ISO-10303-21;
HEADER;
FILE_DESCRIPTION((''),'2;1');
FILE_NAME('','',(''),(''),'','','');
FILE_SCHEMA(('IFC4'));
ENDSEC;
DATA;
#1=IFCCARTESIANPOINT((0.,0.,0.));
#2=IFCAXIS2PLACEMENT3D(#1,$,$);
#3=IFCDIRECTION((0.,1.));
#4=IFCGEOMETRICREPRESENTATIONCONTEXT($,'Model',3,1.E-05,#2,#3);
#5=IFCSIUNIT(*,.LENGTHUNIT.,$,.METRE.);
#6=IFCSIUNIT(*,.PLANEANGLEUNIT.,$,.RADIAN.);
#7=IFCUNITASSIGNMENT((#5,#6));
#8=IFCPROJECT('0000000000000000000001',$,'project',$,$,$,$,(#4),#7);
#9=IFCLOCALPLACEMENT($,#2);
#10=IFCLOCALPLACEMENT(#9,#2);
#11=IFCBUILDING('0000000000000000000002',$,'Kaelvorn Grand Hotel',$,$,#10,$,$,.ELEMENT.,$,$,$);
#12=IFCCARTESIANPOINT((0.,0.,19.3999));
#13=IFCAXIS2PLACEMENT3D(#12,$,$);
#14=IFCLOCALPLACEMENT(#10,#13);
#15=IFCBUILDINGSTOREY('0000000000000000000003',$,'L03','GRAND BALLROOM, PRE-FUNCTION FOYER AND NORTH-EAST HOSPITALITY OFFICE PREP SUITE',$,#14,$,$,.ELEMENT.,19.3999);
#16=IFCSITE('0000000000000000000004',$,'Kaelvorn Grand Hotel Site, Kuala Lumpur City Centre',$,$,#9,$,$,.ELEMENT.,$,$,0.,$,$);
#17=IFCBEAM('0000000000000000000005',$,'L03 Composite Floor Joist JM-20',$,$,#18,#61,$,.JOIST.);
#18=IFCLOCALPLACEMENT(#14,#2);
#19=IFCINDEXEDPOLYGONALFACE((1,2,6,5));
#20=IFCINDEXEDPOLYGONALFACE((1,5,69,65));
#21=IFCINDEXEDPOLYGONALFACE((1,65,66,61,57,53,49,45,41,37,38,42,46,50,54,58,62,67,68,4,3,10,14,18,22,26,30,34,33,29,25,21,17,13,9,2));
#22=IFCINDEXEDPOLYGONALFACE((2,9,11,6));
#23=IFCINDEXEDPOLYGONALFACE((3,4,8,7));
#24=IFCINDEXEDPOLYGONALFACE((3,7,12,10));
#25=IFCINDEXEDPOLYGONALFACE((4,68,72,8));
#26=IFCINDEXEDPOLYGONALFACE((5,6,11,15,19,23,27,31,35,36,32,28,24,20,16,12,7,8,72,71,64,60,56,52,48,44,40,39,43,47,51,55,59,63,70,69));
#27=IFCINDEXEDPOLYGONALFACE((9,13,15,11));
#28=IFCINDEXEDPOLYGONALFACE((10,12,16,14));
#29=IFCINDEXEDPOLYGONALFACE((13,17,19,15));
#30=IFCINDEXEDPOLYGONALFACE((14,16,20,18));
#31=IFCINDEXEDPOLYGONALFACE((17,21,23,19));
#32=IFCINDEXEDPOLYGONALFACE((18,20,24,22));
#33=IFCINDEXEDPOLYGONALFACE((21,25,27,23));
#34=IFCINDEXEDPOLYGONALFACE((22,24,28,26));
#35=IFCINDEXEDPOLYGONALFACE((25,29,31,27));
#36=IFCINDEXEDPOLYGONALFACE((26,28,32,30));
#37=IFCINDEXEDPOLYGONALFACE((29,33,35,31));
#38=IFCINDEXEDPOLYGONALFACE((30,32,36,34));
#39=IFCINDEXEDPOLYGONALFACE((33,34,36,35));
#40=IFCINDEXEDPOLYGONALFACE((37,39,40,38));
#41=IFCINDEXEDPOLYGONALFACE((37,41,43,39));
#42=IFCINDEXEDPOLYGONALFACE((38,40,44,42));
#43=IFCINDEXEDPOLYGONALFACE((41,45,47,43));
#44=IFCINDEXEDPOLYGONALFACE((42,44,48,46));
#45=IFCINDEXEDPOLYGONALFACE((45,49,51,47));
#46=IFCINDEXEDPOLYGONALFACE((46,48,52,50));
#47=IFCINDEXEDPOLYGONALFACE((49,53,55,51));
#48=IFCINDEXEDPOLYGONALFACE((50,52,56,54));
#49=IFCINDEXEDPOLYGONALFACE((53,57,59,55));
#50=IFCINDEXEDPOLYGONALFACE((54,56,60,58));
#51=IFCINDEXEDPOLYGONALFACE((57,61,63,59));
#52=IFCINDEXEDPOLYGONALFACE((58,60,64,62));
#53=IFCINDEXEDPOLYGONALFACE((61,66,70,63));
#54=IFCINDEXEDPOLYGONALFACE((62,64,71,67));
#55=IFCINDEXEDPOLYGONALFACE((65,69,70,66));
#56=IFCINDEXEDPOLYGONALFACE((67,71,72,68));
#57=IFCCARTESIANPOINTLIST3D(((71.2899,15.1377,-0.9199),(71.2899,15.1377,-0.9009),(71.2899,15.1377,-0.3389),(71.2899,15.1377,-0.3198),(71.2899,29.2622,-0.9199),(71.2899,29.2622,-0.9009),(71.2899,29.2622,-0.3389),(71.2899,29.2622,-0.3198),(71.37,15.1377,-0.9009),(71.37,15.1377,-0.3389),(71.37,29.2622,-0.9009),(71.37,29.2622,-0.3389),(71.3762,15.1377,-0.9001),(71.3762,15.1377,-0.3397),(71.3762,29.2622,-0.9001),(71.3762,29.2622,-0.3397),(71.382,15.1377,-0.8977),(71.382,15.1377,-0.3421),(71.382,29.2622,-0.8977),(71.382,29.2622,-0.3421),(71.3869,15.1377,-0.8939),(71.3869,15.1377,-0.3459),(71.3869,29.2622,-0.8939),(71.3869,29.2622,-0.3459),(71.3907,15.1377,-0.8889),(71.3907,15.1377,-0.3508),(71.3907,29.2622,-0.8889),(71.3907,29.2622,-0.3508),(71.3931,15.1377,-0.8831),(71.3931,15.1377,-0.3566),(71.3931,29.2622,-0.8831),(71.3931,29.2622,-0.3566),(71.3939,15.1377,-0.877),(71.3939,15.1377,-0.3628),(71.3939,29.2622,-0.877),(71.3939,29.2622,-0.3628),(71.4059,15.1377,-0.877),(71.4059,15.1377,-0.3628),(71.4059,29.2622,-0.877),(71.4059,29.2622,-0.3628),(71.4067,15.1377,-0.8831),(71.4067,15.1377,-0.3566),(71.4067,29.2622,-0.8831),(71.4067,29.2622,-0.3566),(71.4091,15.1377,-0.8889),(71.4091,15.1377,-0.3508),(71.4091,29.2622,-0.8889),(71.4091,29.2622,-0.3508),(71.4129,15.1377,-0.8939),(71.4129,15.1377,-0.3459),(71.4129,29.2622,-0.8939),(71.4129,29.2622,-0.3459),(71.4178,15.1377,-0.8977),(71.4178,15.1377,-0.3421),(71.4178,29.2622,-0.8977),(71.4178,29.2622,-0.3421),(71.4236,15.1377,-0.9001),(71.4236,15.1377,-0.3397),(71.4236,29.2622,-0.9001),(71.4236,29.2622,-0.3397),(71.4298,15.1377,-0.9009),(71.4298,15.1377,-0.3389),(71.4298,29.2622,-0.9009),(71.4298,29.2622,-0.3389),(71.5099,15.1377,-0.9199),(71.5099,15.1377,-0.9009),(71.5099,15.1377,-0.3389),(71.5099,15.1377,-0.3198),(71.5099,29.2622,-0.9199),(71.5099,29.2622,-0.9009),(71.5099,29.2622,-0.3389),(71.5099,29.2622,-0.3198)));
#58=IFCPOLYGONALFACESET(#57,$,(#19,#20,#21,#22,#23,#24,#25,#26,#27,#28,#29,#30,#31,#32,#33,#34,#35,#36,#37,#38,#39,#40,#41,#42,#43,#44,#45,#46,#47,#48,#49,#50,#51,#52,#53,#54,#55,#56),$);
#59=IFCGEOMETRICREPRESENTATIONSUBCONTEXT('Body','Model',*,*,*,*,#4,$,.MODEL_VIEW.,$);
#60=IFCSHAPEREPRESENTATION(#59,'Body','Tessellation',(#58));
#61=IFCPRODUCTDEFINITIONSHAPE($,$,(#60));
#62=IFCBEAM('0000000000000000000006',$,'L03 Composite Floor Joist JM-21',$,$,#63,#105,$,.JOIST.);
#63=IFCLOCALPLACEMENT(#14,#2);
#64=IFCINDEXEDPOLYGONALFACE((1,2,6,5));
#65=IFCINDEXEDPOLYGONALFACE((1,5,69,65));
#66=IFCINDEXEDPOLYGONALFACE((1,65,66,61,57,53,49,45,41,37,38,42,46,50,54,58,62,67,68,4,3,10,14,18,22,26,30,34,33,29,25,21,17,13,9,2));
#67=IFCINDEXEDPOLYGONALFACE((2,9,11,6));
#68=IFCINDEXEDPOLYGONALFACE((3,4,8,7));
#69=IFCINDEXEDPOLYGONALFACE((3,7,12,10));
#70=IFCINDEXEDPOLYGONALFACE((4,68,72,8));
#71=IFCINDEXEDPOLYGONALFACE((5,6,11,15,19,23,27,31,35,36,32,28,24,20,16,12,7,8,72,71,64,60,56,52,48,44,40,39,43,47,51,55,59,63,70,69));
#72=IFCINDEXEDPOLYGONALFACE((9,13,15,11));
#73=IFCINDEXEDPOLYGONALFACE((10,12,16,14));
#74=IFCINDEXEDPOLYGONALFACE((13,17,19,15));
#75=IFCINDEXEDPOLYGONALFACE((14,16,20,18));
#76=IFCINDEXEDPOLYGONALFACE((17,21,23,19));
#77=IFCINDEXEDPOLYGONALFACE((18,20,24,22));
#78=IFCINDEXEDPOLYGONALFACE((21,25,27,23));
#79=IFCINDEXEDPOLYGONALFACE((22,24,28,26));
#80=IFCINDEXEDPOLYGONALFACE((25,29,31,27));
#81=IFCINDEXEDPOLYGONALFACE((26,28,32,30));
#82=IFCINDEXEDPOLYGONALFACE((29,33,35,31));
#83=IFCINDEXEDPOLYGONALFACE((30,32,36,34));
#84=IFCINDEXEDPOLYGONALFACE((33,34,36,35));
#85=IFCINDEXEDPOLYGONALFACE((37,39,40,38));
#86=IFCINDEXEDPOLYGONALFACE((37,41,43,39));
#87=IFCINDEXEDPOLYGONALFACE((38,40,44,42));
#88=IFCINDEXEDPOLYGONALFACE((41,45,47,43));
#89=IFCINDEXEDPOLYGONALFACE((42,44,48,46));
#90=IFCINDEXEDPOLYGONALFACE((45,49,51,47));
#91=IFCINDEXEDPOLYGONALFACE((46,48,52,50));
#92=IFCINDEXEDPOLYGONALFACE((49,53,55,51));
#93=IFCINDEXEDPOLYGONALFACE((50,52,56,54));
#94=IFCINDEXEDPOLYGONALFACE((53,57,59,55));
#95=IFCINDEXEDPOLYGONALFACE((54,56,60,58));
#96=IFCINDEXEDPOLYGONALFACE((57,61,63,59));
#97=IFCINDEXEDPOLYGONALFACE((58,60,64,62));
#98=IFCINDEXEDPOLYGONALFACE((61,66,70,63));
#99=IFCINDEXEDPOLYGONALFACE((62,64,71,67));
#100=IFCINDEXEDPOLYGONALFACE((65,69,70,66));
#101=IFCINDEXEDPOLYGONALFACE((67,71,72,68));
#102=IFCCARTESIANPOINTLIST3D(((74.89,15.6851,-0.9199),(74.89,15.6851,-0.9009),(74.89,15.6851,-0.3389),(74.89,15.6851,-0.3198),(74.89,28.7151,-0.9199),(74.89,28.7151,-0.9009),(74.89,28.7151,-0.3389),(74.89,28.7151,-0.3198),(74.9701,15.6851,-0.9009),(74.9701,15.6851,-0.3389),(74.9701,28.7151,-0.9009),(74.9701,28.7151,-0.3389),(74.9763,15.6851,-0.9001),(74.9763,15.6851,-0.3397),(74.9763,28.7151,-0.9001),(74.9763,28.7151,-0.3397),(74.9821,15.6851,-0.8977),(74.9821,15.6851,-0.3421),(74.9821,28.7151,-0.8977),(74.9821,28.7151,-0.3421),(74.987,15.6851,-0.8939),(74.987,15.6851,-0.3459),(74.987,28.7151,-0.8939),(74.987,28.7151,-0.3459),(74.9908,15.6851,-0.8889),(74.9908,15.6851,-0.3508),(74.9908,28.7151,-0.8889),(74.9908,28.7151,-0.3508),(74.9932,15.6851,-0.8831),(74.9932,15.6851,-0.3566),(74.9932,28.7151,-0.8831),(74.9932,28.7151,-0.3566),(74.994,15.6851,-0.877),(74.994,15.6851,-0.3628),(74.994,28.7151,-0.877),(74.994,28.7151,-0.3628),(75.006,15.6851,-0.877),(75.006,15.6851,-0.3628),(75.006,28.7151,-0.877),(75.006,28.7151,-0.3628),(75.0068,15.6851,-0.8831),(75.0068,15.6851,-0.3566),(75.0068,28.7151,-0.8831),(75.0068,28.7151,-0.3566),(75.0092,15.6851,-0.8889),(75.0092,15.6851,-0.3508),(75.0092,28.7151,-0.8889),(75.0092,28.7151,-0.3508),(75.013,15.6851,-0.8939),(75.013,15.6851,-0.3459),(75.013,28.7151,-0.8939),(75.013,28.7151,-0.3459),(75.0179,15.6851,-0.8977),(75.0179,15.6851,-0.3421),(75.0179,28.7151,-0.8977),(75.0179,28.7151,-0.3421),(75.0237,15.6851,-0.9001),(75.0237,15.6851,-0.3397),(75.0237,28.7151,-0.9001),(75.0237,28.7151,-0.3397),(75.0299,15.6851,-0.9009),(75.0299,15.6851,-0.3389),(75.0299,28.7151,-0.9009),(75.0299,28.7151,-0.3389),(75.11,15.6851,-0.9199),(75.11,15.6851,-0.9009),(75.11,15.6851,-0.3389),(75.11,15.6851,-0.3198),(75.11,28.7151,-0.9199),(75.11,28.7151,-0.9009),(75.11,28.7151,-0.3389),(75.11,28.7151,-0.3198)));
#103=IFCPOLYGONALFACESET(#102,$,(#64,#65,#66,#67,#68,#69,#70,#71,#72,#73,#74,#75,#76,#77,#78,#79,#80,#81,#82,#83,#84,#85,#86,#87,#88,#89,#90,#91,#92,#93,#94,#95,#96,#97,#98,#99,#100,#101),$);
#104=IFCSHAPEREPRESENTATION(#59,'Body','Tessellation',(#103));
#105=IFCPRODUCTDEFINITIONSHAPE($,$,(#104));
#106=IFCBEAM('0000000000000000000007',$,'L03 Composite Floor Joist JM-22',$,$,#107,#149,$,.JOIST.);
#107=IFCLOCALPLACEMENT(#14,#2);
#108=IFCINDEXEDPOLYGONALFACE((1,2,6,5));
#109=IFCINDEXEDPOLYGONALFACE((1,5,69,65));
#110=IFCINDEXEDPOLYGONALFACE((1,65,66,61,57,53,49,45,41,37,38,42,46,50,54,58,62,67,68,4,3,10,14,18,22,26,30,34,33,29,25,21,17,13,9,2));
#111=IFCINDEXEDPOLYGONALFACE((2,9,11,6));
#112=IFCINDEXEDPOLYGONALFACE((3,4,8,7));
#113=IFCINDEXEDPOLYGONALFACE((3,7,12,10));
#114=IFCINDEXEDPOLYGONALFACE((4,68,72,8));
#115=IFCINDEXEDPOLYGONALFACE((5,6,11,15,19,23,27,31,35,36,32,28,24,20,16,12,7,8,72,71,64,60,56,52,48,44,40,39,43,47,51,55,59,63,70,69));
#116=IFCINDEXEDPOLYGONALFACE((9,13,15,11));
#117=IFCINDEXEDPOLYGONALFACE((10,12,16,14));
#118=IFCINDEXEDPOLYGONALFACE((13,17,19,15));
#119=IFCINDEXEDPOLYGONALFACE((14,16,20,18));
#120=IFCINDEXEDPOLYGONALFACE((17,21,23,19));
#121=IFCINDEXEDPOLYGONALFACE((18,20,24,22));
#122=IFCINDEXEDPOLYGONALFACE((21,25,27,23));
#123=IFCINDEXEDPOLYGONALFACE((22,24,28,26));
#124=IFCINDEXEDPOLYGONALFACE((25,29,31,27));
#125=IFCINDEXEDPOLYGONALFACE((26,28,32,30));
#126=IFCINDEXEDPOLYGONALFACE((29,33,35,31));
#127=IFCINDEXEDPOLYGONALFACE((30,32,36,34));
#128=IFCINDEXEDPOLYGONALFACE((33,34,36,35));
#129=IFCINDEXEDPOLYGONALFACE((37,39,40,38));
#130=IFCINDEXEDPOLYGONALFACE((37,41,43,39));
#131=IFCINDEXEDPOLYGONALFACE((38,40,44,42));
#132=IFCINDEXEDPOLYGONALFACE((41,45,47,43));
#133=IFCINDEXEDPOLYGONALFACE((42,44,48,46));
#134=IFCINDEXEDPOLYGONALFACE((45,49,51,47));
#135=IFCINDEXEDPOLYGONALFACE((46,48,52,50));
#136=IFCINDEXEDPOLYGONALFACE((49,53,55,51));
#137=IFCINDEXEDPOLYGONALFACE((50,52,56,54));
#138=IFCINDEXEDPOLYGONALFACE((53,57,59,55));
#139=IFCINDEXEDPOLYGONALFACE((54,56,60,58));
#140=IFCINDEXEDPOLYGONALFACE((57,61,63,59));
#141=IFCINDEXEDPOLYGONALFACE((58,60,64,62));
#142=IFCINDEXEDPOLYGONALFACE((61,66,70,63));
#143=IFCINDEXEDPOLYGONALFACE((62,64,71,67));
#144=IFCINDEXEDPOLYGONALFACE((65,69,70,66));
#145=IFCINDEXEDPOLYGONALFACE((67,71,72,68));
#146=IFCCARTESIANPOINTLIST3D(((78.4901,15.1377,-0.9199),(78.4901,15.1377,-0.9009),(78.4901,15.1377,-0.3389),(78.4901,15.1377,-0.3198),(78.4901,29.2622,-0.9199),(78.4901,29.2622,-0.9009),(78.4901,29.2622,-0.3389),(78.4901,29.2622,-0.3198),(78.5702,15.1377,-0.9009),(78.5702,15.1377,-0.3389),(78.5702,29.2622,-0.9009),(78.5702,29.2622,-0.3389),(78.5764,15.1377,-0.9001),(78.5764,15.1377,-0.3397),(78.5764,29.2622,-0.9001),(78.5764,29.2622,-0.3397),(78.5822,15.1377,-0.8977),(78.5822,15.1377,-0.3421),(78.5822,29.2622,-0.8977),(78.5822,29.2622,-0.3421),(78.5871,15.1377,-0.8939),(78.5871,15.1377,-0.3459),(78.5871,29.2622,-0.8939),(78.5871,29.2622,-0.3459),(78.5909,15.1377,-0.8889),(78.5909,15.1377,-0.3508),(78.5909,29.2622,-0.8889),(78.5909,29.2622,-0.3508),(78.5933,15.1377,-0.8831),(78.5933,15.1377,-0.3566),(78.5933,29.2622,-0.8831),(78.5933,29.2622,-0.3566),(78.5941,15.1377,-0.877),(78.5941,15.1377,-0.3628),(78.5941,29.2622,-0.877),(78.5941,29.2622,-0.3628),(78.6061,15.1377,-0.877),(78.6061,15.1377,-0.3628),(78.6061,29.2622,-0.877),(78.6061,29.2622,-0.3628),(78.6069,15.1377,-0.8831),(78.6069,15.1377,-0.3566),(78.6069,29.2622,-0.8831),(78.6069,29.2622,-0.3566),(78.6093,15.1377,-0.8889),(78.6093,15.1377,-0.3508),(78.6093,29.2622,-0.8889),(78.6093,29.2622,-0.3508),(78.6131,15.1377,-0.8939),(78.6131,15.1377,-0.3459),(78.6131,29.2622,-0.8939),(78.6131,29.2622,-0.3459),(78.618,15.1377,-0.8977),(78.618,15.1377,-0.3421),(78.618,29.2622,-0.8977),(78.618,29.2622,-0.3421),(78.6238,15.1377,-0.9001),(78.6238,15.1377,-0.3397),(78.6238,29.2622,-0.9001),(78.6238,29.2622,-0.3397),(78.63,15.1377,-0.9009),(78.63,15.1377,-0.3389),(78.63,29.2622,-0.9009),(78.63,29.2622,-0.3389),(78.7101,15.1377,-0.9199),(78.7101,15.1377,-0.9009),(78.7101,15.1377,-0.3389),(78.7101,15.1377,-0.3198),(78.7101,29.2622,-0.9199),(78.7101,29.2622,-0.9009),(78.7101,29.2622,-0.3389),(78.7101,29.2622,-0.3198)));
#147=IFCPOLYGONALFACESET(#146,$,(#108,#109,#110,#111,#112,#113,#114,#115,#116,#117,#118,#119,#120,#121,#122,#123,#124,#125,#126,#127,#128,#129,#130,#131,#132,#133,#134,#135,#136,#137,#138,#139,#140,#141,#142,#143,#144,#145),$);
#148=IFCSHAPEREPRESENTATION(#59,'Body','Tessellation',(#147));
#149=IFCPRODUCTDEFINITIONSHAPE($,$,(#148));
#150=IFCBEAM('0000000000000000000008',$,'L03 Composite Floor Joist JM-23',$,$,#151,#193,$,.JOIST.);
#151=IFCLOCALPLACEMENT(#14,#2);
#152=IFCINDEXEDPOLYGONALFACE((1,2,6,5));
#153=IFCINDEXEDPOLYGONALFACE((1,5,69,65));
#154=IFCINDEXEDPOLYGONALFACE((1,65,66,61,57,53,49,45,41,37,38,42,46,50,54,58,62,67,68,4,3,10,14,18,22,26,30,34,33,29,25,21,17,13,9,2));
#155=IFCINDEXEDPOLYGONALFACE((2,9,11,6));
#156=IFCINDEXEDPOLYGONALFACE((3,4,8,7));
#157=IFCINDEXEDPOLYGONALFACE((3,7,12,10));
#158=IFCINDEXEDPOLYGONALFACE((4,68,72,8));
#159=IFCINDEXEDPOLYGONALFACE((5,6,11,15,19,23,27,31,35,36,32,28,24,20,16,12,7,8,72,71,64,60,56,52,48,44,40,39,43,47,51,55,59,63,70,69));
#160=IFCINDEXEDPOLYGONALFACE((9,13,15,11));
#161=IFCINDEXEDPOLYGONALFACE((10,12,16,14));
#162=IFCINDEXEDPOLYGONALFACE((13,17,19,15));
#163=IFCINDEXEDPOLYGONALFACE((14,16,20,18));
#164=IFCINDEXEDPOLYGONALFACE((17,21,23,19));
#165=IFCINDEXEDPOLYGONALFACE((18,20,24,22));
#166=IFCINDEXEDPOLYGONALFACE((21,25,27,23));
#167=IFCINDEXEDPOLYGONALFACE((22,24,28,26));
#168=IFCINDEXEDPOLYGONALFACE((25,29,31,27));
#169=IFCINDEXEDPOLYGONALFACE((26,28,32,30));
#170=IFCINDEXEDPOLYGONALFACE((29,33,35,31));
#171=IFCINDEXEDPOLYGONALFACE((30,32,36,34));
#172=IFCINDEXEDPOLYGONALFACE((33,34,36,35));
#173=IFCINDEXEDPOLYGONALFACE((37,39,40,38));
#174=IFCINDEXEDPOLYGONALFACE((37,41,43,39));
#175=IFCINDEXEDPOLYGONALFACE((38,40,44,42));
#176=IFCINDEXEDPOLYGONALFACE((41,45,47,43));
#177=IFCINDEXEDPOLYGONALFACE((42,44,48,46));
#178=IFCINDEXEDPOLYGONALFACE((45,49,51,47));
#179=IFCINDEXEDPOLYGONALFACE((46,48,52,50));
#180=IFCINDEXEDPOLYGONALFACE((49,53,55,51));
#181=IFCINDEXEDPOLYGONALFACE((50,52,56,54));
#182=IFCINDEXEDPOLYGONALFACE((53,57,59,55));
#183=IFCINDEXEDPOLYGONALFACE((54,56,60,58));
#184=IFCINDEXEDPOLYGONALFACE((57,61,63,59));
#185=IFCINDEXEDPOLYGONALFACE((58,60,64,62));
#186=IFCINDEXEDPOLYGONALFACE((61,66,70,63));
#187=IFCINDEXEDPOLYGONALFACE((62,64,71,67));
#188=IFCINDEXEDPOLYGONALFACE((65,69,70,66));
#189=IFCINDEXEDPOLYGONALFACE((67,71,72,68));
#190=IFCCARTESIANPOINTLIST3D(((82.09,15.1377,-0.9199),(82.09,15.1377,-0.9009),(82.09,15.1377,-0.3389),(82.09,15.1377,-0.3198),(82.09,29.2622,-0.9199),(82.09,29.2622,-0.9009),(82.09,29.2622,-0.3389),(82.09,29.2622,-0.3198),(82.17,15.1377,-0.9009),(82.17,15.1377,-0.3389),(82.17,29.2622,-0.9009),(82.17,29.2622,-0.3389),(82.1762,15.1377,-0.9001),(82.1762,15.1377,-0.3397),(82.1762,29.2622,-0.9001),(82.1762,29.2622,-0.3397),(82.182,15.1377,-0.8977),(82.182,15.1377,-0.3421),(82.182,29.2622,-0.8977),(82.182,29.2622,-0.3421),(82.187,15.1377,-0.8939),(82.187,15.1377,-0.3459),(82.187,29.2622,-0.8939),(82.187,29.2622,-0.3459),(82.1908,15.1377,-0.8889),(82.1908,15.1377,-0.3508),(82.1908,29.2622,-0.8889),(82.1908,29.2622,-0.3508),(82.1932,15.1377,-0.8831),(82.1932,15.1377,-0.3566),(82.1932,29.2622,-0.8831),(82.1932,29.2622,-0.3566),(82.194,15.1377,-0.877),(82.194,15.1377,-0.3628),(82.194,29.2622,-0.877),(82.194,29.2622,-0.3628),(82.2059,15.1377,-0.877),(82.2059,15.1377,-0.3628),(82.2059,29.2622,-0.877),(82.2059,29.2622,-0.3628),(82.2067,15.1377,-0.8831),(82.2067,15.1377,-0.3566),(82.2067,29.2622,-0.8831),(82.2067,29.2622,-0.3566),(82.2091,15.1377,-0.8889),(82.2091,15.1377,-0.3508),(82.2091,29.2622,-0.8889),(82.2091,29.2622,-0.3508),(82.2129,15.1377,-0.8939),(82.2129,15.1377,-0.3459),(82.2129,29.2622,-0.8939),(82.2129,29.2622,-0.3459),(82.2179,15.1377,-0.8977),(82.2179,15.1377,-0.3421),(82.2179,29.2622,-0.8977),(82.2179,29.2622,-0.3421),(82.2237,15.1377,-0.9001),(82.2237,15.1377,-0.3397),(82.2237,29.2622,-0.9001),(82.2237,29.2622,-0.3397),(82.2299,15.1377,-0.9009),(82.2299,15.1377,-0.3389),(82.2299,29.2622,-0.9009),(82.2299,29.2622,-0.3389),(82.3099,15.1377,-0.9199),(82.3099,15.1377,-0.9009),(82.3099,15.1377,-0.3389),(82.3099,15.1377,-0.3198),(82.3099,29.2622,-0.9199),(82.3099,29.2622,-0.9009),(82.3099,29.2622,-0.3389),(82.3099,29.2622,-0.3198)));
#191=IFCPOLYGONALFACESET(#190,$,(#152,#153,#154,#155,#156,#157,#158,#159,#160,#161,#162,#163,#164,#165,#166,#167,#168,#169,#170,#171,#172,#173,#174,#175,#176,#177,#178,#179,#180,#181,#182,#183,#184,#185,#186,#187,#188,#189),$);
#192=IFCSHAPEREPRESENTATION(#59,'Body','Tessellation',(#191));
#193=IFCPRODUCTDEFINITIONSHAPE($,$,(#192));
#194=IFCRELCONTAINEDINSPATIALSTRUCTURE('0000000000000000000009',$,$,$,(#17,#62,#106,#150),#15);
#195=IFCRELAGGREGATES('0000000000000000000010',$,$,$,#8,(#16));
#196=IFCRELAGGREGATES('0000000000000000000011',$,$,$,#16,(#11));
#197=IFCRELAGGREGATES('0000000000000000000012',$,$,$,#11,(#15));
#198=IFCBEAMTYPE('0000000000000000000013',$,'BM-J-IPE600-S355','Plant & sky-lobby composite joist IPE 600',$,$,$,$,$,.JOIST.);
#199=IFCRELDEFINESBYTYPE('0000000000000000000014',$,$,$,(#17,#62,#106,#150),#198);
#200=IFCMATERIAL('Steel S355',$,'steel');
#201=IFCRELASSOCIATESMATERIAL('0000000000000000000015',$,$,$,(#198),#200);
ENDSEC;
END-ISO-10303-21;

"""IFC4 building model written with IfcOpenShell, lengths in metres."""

from ifc_helpers import new_model, si_unit, direction, frame, origin, origin_2d, place, context, subcontext, project, spatial, i_section, extrude, material, material_profile, profile_set, type_object, element, save


model = new_model("IFC4")

# Units and contexts
model_context = context("Model", 3, precision=1e-05, world=origin(), true_north=direction((0.0, 1.0)))
body_context = subcontext(model_context, "Body", "Model", "MODEL_VIEW")
ifc_project = project(units=[si_unit("LENGTHUNIT", "METRE"), si_unit("PLANEANGLEUNIT", "RADIAN")], contexts=[model_context])

# Site, building, storey
site_placement = place(None, origin())
site = spatial("IfcSite", under=ifc_project, at=site_placement, Name="Kaelvorn Grand Hotel Site, Kuala Lumpur City Centre", CompositionType="ELEMENT", RefElevation=0.0)
building_placement = place(site_placement, origin())
building = spatial("IfcBuilding", under=site, at=building_placement, Name="Kaelvorn Grand Hotel", CompositionType="ELEMENT")
storey_placement = place(building_placement, frame((0.0, 0.0, 19.3999)))
storey = spatial("IfcBuildingStorey", under=building, at=storey_placement, Name="L03", Description="GRAND BALLROOM, PRE-FUNCTION FOYER AND NORTH-EAST HOSPITALITY OFFICE PREP SUITE", CompositionType="ELEMENT", Elevation=19.3999)

# Beams
ifc_material_1 = material(Name="Steel S355", Category="steel")
ifc_material_profile_1 = material_profile(ifc_material_1, i_section(OverallWidth=0.22, OverallDepth=0.6001, WebThickness=0.012, FlangeThickness=0.019, FilletRadius=0.0239, at=origin_2d()), Name="IPE 600")
ifc_profile_set_1 = profile_set([ifc_material_profile_1], Name="Steel S355")
beam_type_1 = type_object("IfcBeamType", Name="BM-J-IPE600-S355", Description="Plant & sky-lobby composite joist IPE 600", PredefinedType="JOIST", material=ifc_profile_set_1)
beam_1_placement = place(storey_placement, frame((71.3999, 15.1377, -0.6199), z_axis=(0.0, 1.0, 0.0), x_axis=(-1.0, 0.0, 0.0)))
element("IfcBeam", 1, at=beam_1_placement, inside=storey, type_object=beam_type_1, Name="L03 Composite Floor Joist JM-20", PredefinedType="JOIST", context=body_context, shape_type="SweptSolid", body=[
    extrude(i_section(OverallWidth=0.22, OverallDepth=0.6001, WebThickness=0.012, FlangeThickness=0.019, FilletRadius=0.0239, at=origin_2d()), origin(), (0.0, 0.0, 1.0), 14.1245),
])
beam_2_placement = place(storey_placement, frame((75.0, 15.6851, -0.6199), z_axis=(0.0, 1.0, 0.0), x_axis=(-1.0, 0.0, 0.0)))
element("IfcBeam", 2, at=beam_2_placement, inside=storey, type_object=beam_type_1, Name="L03 Composite Floor Joist JM-21", PredefinedType="JOIST", context=body_context, shape_type="SweptSolid", body=[
    extrude(i_section(OverallWidth=0.22, OverallDepth=0.6001, WebThickness=0.012, FlangeThickness=0.019, FilletRadius=0.0239, at=origin_2d()), origin(), (0.0, 0.0, 1.0), 13.03),
])
for number, where, z_axis, x_axis, name in (
    (3, (78.6001, 15.1377, -0.6199), (0.0, 1.0, 0.0), (-1.0, 0.0, 0.0), "L03 Composite Floor Joist JM-22"),
    (4, (82.2, 15.1377, -0.6199), (0.0, 1.0, 0.0), (-1.0, 0.0, 0.0), "L03 Composite Floor Joist JM-23"),
):
    element("IfcBeam", number, at=place(storey_placement, frame(where, z_axis=z_axis, x_axis=x_axis)), inside=storey, type_object=beam_type_1, Name=name, PredefinedType="JOIST", context=body_context, shape_type="SweptSolid", body=[
        extrude(i_section(OverallWidth=0.22, OverallDepth=0.6001, WebThickness=0.012, FlangeThickness=0.019, FilletRadius=0.0239, at=origin_2d()), origin(), (0.0, 0.0, 1.0), 14.1245),
    ])

save(model, "model.ifc")
